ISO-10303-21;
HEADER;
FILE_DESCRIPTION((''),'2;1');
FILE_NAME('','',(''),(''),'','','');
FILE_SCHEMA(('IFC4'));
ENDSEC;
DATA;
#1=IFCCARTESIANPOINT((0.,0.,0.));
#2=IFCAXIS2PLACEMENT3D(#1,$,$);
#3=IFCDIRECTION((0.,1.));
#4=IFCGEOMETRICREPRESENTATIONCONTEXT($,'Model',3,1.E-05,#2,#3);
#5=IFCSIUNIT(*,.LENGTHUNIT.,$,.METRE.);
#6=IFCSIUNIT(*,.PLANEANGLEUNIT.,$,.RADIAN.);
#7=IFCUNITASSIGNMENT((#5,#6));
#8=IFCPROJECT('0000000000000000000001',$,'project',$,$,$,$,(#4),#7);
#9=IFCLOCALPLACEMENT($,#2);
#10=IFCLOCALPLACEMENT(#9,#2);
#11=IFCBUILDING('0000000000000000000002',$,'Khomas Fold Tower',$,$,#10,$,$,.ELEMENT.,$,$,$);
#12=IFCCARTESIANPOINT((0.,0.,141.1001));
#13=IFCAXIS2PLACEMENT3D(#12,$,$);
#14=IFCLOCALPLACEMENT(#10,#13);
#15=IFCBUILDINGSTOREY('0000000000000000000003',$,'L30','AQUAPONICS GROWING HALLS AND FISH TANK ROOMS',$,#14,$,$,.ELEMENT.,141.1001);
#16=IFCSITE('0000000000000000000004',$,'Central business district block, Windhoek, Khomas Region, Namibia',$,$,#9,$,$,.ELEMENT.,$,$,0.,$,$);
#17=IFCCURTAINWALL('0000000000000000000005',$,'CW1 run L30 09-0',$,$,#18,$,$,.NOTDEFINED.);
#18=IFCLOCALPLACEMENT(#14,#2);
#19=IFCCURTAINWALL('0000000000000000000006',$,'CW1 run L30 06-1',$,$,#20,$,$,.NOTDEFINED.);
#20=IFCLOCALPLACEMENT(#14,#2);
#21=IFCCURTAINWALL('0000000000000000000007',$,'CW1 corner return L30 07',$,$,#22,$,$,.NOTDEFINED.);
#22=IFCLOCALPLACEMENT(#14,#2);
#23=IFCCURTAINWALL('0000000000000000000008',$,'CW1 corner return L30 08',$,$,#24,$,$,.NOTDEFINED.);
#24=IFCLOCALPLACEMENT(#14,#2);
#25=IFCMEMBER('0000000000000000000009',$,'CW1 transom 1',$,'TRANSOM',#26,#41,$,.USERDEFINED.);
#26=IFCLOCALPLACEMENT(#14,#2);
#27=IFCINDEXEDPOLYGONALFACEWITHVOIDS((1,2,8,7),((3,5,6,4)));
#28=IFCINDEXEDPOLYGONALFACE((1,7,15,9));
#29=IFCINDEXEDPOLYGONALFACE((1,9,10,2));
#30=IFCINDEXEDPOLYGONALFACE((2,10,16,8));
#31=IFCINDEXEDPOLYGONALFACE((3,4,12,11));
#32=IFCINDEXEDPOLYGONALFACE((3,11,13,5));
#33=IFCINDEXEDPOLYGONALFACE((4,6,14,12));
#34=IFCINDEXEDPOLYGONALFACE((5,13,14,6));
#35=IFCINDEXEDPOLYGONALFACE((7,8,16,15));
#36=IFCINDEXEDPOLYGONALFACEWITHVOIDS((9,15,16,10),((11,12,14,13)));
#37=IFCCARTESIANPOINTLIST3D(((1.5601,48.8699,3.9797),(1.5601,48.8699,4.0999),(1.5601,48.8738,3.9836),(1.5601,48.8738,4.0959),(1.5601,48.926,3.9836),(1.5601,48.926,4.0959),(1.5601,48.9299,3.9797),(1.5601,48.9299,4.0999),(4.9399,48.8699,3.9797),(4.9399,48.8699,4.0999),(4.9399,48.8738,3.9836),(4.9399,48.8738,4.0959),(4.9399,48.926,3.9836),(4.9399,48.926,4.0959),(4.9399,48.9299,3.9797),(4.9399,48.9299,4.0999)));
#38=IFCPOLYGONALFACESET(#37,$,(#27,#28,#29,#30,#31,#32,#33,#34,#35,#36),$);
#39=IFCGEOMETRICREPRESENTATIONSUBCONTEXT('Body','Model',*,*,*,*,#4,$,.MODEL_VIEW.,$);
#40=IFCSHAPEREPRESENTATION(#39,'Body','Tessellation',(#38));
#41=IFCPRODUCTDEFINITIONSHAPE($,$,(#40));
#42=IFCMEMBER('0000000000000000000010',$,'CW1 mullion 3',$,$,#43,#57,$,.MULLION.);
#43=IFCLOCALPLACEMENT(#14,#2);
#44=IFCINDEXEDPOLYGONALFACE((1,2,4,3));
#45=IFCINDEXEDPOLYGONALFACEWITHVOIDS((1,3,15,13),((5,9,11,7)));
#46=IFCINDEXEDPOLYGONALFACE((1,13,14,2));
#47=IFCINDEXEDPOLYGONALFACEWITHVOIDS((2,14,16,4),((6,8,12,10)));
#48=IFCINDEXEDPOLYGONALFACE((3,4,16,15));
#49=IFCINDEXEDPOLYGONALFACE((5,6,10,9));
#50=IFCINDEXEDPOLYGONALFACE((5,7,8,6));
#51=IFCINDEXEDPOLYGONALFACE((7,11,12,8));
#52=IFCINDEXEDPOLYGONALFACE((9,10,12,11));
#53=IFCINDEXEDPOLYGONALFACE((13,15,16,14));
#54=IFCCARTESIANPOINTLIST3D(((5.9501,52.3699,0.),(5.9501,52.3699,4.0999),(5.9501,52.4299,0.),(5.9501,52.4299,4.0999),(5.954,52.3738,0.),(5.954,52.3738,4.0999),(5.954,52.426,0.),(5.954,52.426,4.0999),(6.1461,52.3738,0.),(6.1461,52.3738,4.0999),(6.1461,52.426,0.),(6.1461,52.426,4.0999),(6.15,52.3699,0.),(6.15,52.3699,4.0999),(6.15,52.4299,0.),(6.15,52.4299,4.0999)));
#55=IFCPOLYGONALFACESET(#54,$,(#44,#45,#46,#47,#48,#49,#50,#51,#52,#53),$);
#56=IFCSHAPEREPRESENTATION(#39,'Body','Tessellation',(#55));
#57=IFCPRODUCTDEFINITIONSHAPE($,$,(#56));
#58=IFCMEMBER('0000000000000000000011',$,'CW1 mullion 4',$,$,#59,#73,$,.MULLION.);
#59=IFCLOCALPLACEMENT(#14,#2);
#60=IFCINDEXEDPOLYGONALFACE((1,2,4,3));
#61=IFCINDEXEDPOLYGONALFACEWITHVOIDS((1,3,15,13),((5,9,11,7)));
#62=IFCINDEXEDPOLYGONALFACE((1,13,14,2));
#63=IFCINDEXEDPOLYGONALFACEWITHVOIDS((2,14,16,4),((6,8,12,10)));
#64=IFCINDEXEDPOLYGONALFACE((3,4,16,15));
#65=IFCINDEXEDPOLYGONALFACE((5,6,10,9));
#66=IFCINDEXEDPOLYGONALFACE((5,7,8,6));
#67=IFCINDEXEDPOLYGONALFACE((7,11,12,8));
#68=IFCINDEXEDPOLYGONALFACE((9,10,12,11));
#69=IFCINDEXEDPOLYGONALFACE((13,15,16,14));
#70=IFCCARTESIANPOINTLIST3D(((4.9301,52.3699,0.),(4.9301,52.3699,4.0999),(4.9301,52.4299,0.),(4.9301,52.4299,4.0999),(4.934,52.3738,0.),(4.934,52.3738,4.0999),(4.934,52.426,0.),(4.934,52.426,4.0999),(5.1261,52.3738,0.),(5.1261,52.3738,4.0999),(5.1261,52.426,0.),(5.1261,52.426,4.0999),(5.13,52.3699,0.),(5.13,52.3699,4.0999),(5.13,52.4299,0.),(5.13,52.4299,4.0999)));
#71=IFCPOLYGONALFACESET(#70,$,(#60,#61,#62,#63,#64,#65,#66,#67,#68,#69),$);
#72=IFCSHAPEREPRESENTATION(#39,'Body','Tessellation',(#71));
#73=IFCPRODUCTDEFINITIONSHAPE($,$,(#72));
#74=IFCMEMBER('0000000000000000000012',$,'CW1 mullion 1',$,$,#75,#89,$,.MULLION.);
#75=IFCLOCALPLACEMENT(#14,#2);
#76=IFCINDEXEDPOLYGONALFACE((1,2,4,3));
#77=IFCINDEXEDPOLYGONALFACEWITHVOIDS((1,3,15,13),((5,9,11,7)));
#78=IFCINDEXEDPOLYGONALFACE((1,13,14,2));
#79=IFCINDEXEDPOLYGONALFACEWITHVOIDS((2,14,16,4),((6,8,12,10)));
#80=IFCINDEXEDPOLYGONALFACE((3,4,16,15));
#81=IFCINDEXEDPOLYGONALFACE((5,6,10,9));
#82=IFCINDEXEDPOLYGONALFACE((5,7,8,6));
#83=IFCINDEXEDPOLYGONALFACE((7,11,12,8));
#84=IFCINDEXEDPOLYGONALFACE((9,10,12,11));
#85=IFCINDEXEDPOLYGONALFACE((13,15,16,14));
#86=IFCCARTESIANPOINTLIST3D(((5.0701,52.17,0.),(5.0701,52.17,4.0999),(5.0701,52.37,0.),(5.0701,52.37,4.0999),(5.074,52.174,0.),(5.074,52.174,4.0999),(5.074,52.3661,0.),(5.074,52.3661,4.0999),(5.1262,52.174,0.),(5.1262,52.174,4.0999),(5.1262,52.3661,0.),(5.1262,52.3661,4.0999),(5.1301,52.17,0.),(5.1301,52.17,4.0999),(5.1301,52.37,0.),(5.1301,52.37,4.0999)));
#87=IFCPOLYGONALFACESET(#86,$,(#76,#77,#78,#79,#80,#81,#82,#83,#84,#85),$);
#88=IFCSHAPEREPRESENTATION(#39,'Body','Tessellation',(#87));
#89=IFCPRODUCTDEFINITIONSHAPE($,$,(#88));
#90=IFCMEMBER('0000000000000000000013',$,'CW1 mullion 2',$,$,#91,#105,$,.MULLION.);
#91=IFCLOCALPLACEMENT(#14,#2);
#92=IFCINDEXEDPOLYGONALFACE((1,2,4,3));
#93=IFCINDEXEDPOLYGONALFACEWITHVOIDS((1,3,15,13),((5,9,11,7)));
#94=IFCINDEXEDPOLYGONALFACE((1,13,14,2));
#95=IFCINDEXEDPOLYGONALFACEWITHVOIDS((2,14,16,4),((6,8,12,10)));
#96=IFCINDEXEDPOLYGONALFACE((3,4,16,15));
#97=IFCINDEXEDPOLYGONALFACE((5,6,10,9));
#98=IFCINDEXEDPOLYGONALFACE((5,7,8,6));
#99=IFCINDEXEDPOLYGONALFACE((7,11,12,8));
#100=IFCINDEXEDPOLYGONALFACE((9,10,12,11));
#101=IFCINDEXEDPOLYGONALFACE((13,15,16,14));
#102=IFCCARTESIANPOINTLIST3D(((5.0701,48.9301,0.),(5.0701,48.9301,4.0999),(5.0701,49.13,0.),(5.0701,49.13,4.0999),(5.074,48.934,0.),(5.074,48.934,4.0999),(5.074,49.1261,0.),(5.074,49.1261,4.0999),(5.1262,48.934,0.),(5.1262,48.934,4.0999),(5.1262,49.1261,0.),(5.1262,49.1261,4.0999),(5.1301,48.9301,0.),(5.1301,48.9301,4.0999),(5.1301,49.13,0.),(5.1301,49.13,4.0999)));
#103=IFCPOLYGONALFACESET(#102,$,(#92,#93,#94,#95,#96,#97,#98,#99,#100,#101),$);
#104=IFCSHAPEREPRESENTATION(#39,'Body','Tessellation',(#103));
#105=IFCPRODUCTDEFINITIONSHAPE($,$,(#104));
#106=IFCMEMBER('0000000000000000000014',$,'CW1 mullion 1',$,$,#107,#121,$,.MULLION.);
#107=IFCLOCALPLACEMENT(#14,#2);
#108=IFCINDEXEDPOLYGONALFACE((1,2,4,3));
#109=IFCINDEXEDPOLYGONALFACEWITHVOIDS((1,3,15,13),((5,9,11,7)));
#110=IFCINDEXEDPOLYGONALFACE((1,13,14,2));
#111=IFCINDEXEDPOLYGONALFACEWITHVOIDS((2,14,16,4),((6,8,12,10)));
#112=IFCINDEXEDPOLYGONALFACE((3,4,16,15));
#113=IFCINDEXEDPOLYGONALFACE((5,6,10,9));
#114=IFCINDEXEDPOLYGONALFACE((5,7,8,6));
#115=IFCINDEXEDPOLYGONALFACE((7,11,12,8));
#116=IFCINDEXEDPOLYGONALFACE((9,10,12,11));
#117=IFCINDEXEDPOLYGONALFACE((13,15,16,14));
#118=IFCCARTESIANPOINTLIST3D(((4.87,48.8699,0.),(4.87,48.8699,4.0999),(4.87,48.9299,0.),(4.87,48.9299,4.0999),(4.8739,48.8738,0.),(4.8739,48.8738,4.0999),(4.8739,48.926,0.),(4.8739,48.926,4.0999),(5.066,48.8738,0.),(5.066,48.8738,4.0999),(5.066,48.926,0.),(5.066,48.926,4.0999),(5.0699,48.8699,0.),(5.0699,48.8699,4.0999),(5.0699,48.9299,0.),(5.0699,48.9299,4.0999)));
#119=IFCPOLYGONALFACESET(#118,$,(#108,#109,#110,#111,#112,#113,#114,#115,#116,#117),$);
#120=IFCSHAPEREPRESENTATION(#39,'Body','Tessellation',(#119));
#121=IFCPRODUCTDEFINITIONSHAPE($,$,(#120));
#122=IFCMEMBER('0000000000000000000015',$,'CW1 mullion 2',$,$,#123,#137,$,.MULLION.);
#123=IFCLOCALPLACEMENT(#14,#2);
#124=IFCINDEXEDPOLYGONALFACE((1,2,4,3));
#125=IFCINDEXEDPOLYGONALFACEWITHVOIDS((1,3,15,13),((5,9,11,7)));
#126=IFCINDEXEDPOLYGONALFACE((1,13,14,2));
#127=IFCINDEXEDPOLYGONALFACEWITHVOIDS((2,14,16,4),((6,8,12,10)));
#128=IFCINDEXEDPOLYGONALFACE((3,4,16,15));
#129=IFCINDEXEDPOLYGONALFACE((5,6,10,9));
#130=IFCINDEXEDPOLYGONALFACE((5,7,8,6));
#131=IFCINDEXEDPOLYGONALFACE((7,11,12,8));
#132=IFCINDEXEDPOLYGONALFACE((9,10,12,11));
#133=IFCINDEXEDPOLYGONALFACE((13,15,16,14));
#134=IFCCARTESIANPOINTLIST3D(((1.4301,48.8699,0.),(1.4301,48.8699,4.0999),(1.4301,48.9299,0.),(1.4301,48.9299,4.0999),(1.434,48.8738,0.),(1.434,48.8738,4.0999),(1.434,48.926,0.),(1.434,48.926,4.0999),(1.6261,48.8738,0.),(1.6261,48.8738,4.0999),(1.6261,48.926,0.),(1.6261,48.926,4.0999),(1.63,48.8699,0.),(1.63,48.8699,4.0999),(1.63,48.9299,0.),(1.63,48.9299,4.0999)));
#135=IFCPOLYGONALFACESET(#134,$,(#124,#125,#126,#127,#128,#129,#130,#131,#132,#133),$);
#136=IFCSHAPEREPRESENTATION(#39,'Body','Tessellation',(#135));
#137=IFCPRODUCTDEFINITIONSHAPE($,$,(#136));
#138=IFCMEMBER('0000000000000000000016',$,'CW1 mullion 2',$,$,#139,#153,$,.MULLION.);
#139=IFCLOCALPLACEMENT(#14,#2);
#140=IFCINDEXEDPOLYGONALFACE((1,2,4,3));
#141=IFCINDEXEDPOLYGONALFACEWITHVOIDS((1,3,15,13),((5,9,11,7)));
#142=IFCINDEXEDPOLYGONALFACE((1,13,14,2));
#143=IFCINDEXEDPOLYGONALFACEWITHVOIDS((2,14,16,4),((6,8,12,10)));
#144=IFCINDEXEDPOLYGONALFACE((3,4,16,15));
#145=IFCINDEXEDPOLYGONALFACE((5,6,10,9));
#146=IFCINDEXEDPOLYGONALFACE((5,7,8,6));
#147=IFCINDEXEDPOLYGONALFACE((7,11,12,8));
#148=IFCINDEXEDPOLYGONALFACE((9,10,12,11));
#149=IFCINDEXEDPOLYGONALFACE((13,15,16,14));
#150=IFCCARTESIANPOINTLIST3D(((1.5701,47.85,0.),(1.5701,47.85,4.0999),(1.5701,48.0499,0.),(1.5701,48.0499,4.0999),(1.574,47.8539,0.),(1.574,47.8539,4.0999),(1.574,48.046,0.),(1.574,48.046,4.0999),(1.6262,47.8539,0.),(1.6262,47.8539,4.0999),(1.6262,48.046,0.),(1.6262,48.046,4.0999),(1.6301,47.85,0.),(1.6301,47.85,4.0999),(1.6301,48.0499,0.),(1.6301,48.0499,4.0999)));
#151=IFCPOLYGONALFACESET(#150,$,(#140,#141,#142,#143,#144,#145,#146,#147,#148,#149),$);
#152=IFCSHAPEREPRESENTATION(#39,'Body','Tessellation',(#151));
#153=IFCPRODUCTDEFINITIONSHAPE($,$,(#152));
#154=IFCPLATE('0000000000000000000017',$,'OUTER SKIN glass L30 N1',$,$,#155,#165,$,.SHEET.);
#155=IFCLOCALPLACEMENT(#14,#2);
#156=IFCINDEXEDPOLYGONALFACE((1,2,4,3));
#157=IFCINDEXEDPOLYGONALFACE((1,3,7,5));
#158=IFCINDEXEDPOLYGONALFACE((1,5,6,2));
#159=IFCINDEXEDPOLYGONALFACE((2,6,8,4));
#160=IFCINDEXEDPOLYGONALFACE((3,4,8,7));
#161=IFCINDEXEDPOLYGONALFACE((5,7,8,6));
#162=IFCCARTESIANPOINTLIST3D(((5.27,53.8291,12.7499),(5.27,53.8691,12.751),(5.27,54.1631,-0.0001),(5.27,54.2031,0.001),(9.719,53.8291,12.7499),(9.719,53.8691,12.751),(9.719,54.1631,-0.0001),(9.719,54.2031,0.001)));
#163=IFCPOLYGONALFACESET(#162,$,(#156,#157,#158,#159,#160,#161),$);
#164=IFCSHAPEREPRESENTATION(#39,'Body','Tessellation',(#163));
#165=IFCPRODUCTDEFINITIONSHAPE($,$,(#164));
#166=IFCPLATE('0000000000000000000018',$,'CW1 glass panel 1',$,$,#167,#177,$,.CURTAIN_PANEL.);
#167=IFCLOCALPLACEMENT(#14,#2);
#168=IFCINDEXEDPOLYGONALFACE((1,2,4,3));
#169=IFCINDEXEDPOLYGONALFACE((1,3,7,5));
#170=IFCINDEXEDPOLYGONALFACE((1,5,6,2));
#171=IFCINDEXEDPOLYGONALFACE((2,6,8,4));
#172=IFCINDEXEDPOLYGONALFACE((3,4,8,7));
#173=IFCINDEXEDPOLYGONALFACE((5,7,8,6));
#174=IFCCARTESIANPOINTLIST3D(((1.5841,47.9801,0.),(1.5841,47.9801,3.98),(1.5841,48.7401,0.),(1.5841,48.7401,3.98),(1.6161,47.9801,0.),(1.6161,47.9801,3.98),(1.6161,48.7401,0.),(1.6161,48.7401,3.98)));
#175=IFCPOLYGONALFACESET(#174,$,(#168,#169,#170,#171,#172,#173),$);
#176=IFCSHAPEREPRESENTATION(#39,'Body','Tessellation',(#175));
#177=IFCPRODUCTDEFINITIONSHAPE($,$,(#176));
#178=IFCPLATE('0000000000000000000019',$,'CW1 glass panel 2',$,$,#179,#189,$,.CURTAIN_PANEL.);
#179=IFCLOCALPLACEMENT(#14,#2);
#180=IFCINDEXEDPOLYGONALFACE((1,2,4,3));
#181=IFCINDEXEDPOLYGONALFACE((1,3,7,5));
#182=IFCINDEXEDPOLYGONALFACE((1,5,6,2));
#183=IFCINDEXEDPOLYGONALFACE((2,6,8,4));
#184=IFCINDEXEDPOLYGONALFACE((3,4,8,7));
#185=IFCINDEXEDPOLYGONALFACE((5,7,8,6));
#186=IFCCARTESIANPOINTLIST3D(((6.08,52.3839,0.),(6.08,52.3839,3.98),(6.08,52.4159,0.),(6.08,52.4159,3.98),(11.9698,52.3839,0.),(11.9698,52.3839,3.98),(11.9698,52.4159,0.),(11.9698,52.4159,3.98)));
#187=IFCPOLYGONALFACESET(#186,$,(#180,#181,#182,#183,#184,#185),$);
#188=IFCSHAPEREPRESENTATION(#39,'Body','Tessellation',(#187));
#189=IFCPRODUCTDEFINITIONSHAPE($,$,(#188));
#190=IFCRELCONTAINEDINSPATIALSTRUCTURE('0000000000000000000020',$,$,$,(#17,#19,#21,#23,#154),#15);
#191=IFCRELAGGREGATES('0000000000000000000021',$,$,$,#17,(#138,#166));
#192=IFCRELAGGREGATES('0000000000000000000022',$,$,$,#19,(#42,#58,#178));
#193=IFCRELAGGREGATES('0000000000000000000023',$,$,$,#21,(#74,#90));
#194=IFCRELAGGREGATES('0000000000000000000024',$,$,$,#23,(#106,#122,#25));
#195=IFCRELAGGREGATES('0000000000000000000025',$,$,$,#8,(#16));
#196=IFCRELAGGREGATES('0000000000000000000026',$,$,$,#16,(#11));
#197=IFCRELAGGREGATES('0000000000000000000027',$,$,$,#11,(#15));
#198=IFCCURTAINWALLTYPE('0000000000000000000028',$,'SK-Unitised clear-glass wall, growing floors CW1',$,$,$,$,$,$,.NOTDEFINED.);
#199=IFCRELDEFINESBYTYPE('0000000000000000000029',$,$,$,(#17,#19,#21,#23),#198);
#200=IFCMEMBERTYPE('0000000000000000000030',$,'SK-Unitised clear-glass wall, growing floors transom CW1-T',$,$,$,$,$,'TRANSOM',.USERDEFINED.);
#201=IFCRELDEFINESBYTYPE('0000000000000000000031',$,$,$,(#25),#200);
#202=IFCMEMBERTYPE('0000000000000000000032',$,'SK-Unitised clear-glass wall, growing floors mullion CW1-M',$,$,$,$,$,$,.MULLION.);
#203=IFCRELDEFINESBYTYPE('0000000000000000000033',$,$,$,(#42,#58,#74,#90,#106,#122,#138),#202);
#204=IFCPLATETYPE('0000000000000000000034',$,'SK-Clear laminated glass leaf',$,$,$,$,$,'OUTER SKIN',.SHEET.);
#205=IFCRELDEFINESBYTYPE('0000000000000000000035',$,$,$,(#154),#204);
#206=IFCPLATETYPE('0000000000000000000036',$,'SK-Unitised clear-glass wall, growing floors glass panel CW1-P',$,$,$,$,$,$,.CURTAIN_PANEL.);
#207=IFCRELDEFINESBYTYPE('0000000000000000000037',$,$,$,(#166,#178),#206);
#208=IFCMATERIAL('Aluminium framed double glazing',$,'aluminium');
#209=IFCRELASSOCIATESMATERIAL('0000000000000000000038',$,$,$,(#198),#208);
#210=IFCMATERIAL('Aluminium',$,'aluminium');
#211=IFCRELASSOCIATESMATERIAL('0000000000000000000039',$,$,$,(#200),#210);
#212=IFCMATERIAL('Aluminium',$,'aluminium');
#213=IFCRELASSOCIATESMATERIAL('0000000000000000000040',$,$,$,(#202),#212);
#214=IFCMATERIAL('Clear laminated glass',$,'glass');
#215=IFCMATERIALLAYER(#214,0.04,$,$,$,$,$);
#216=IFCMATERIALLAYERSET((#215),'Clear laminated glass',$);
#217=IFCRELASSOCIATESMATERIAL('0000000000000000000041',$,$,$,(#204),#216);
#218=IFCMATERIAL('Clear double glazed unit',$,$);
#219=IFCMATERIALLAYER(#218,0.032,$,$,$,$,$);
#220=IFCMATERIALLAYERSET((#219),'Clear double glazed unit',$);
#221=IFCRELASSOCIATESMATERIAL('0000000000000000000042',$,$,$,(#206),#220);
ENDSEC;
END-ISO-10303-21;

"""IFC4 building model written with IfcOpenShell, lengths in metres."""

from ifc_helpers import new_model, si_unit, direction, frame, origin, origin_2d, place, context, subcontext, project, spatial, polyline, rectangle, hollow_rectangle, outline, extrude, source, transform, mapped, material, layer, layer_set, material_profile, profile_set, type_object, element, aggregate, save


model = new_model("IFC4")

# Units and contexts
model_context = context("Model", 3, precision=1e-05, world=origin(), true_north=direction((0.0, 1.0)))
body_context = subcontext(model_context, "Body", "Model", "MODEL_VIEW")
ifc_project = project(units=[si_unit("LENGTHUNIT", "METRE"), si_unit("PLANEANGLEUNIT", "RADIAN")], contexts=[model_context])

# Site, building, storey
site_placement = place(None, origin())
site = spatial("IfcSite", under=ifc_project, at=site_placement, Name="Central business district block, Windhoek, Khomas Region, Namibia", CompositionType="ELEMENT", RefElevation=0.0)
building_placement = place(site_placement, origin())
building = spatial("IfcBuilding", under=site, at=building_placement, Name="Khomas Fold Tower", CompositionType="ELEMENT")
storey_placement = place(building_placement, frame((0.0, 0.0, 141.1001)))
storey = spatial("IfcBuildingStorey", under=building, at=storey_placement, Name="L30", Description="AQUAPONICS GROWING HALLS AND FISH TANK ROOMS", CompositionType="ELEMENT", Elevation=141.1001)

# Curtain wall
ifc_material_1 = material(Name="Aluminium framed double glazing", Category="aluminium")
curtain_wall_type = type_object("IfcCurtainWallType", Name="SK-Unitised clear-glass wall, growing floors CW1", PredefinedType="NOTDEFINED", material=ifc_material_1)
curtain_wall_1_placement = place(storey_placement, origin())
curtain_wall_1 = element("IfcCurtainWall", 1, at=curtain_wall_1_placement, inside=storey, type_object=curtain_wall_type, Name="CW1 run L30 09-0", PredefinedType="NOTDEFINED")
ifc_material_2 = material(Name="Aluminium", Category="aluminium")
ifc_material_profile_1 = material_profile(ifc_material_2, hollow_rectangle(XDim=0.0601, YDim=0.1201, WallThickness=0.0039, at=origin_2d()), Name="SK-Unitised clear-glass wall, growing floors transom CW1-T")
ifc_profile_set_1 = profile_set([ifc_material_profile_1], Name="Aluminium")
member_type_1 = type_object("IfcMemberType", Name="SK-Unitised clear-glass wall, growing floors transom CW1-T", ElementType="TRANSOM", PredefinedType="USERDEFINED", material=ifc_profile_set_1)

# Curtain walls, member
curtain_wall_2_placement = place(storey_placement, origin())
curtain_wall_2 = element("IfcCurtainWall", 2, at=curtain_wall_2_placement, inside=storey, type_object=curtain_wall_type, Name="CW1 run L30 06-1", PredefinedType="NOTDEFINED")
curtain_wall_3_placement = place(storey_placement, origin())
curtain_wall_3 = element("IfcCurtainWall", 3, at=curtain_wall_3_placement, inside=storey, type_object=curtain_wall_type, Name="CW1 corner return L30 07", PredefinedType="NOTDEFINED")
curtain_wall_4_placement = place(storey_placement, origin())
curtain_wall_4 = element("IfcCurtainWall", 4, at=curtain_wall_4_placement, inside=storey, type_object=curtain_wall_type, Name="CW1 corner return L30 08", PredefinedType="NOTDEFINED")
shared_shape_1 = source(origin(), body_context, "Body", "SweptSolid", [
    extrude(hollow_rectangle(XDim=0.0601, YDim=0.1201, WallThickness=0.0039, at=origin_2d()), origin(), (0.0, 0.0, 1.0), 3.3799),
])
member_1_placement = place(storey_placement, frame((4.9399, 48.8999, 4.0398), z_axis=(-1.0, 0.0, 0.0), x_axis=(0.0, -1.0, 0.0)))
member_1 = element("IfcMember", 5, at=member_1_placement, type_object=member_type_1, Name="CW1 transom 1", ObjectType="TRANSOM", PredefinedType="USERDEFINED", context=body_context, shape_type="MappedRepresentation", body=[
    mapped(shared_shape_1, transform((0.0, 0.0, 0.0))),
])

# Members
ifc_material_3 = material(Name="Aluminium", Category="aluminium")
ifc_material_profile_2 = material_profile(ifc_material_3, hollow_rectangle(XDim=0.0601, YDim=0.2, WallThickness=0.0039, at=origin_2d()), Name="SK-Unitised clear-glass wall, growing floors mullion CW1-M")
ifc_profile_set_2 = profile_set([ifc_material_profile_2], Name="Aluminium")
member_type_2 = type_object("IfcMemberType", Name="SK-Unitised clear-glass wall, growing floors mullion CW1-M", PredefinedType="MULLION", material=ifc_profile_set_2)
shared_shape_2 = source(origin(), body_context, "Body", "SweptSolid", [
    extrude(hollow_rectangle(XDim=0.0601, YDim=0.2, WallThickness=0.0039, at=origin_2d()), origin(), (0.0, 0.0, 1.0), 4.0999),
])
member_2_placement = place(storey_placement, frame((6.05, 52.3999, 0.0), z_axis=(0.0, 0.0, 1.0), x_axis=(0.0, -1.0, 0.0)))
member_2 = element("IfcMember", 6, at=member_2_placement, type_object=member_type_2, Name="CW1 mullion 3", PredefinedType="MULLION", context=body_context, shape_type="MappedRepresentation", body=[
    mapped(shared_shape_2, transform((0.0, 0.0, 0.0))),
])
member_3_placement = place(storey_placement, frame((5.03, 52.3999, 0.0), z_axis=(0.0, 0.0, 1.0), x_axis=(0.0, -1.0, 0.0)))
member_3 = element("IfcMember", 7, at=member_3_placement, type_object=member_type_2, Name="CW1 mullion 4", PredefinedType="MULLION", context=body_context, shape_type="MappedRepresentation", body=[
    mapped(shared_shape_2, transform((0.0, 0.0, 0.0))),
])
member_4_placement = place(storey_placement, frame((5.1001, 52.27, 0.0), z_axis=(0.0, 0.0, 1.0), x_axis=(1.0, 0.0, 0.0)))
member_4 = element("IfcMember", 8, at=member_4_placement, type_object=member_type_2, Name="CW1 mullion 1", PredefinedType="MULLION", context=body_context, shape_type="MappedRepresentation", body=[
    mapped(shared_shape_2, transform((0.0, 0.0, 0.0))),
])
member_5_placement = place(storey_placement, frame((5.1001, 49.03, 0.0), z_axis=(0.0, 0.0, 1.0), x_axis=(1.0, 0.0, 0.0)))
member_5 = element("IfcMember", 9, at=member_5_placement, type_object=member_type_2, Name="CW1 mullion 2", PredefinedType="MULLION", context=body_context, shape_type="MappedRepresentation", body=[
    mapped(shared_shape_2, transform((0.0, 0.0, 0.0))),
])
member_6_placement = place(storey_placement, frame((4.97, 48.8999, 0.0), z_axis=(0.0, 0.0, 1.0), x_axis=(0.0, -1.0, 0.0)))
member_6 = element("IfcMember", 10, at=member_6_placement, type_object=member_type_2, Name="CW1 mullion 1", PredefinedType="MULLION", context=body_context, shape_type="MappedRepresentation", body=[
    mapped(shared_shape_2, transform((0.0, 0.0, 0.0))),
])
member_7_placement = place(storey_placement, frame((1.53, 48.8999, 0.0), z_axis=(0.0, 0.0, 1.0), x_axis=(0.0, -1.0, 0.0)))
member_7 = element("IfcMember", 11, at=member_7_placement, type_object=member_type_2, Name="CW1 mullion 2", PredefinedType="MULLION", context=body_context, shape_type="MappedRepresentation", body=[
    mapped(shared_shape_2, transform((0.0, 0.0, 0.0))),
])
member_8_placement = place(storey_placement, frame((1.6001, 47.95, 0.0), z_axis=(0.0, 0.0, 1.0), x_axis=(1.0, 0.0, 0.0)))
member_8 = element("IfcMember", 12, at=member_8_placement, type_object=member_type_2, Name="CW1 mullion 2", PredefinedType="MULLION", context=body_context, shape_type="MappedRepresentation", body=[
    mapped(shared_shape_2, transform((0.0, 0.0, 0.0))),
])

# Plates
ifc_material_4 = material(Name="Clear laminated glass", Category="glass")
ifc_layer_1 = layer(ifc_material_4, 0.04)
ifc_layer_set_1 = layer_set([ifc_layer_1], Name="Clear laminated glass")
plate_type_1 = type_object("IfcPlateType", Name="SK-Clear laminated glass leaf", ElementType="OUTER SKIN", PredefinedType="SHEET", material=ifc_layer_set_1)
plate_1_placement = place(storey_placement, frame((5.27, 54.2031, 0.001), z_axis=(0.0, 0.999657, 0.026186), x_axis=(1.0, 0.0, 0.0)))
element("IfcPlate", 13, at=plate_1_placement, inside=storey, type_object=plate_type_1, Name="OUTER SKIN glass L30 N1", PredefinedType="SHEET", context=body_context, shape_type="SweptSolid", body=[
    extrude(outline(polyline([(0.0, 0.0), (4.449, 0.0), (4.449, -12.7544), (0.0, -12.7544), (0.0, 0.0)])), origin(), (0.0, 0.0, -1.0), 0.04),
])
ifc_material_5 = material(Name="Clear double glazed unit")
ifc_layer_2 = layer(ifc_material_5, 0.032)
ifc_layer_set_2 = layer_set([ifc_layer_2], Name="Clear double glazed unit")
plate_type_2 = type_object("IfcPlateType", Name="SK-Unitised clear-glass wall, growing floors glass panel CW1-P", PredefinedType="CURTAIN_PANEL", material=ifc_layer_set_2)
shared_shape_3 = source(origin(), body_context, "Body", "SweptSolid", [
    extrude(rectangle(XDim=0.76, YDim=0.032, at=origin_2d()), origin(), (0.0, 0.0, 1.0), 3.98),
])
plate_2_placement = place(storey_placement, frame((1.6001, 48.3601, 0.0), z_axis=(0.0, 0.0, 1.0), x_axis=(0.0, -1.0, 0.0)))
plate_2 = element("IfcPlate", 14, at=plate_2_placement, type_object=plate_type_2, Name="CW1 glass panel 1", PredefinedType="CURTAIN_PANEL", context=body_context, shape_type="MappedRepresentation", body=[
    mapped(shared_shape_3, transform((0.0, 0.0, 0.0))),
])
aggregate(curtain_wall_1, [member_8, plate_2])
shared_shape_4 = source(origin(), body_context, "Body", "SweptSolid", [
    extrude(rectangle(XDim=5.8899, YDim=0.032, at=origin_2d()), origin(), (0.0, 0.0, 1.0), 3.98),
])
plate_3_placement = place(storey_placement, frame((9.0249, 52.3999, 0.0), z_axis=(0.0, 0.0, 1.0), x_axis=(-1.0, 0.0, 0.0)))
plate_3 = element("IfcPlate", 15, at=plate_3_placement, type_object=plate_type_2, Name="CW1 glass panel 2", PredefinedType="CURTAIN_PANEL", context=body_context, shape_type="MappedRepresentation", body=[
    mapped(shared_shape_4, transform((0.0, 0.0, 0.0))),
])
aggregate(curtain_wall_2, [member_2, member_3, plate_3])
aggregate(curtain_wall_3, [member_4, member_5])
aggregate(curtain_wall_4, [member_6, member_7, member_1])

save(model, "model.ifc")
